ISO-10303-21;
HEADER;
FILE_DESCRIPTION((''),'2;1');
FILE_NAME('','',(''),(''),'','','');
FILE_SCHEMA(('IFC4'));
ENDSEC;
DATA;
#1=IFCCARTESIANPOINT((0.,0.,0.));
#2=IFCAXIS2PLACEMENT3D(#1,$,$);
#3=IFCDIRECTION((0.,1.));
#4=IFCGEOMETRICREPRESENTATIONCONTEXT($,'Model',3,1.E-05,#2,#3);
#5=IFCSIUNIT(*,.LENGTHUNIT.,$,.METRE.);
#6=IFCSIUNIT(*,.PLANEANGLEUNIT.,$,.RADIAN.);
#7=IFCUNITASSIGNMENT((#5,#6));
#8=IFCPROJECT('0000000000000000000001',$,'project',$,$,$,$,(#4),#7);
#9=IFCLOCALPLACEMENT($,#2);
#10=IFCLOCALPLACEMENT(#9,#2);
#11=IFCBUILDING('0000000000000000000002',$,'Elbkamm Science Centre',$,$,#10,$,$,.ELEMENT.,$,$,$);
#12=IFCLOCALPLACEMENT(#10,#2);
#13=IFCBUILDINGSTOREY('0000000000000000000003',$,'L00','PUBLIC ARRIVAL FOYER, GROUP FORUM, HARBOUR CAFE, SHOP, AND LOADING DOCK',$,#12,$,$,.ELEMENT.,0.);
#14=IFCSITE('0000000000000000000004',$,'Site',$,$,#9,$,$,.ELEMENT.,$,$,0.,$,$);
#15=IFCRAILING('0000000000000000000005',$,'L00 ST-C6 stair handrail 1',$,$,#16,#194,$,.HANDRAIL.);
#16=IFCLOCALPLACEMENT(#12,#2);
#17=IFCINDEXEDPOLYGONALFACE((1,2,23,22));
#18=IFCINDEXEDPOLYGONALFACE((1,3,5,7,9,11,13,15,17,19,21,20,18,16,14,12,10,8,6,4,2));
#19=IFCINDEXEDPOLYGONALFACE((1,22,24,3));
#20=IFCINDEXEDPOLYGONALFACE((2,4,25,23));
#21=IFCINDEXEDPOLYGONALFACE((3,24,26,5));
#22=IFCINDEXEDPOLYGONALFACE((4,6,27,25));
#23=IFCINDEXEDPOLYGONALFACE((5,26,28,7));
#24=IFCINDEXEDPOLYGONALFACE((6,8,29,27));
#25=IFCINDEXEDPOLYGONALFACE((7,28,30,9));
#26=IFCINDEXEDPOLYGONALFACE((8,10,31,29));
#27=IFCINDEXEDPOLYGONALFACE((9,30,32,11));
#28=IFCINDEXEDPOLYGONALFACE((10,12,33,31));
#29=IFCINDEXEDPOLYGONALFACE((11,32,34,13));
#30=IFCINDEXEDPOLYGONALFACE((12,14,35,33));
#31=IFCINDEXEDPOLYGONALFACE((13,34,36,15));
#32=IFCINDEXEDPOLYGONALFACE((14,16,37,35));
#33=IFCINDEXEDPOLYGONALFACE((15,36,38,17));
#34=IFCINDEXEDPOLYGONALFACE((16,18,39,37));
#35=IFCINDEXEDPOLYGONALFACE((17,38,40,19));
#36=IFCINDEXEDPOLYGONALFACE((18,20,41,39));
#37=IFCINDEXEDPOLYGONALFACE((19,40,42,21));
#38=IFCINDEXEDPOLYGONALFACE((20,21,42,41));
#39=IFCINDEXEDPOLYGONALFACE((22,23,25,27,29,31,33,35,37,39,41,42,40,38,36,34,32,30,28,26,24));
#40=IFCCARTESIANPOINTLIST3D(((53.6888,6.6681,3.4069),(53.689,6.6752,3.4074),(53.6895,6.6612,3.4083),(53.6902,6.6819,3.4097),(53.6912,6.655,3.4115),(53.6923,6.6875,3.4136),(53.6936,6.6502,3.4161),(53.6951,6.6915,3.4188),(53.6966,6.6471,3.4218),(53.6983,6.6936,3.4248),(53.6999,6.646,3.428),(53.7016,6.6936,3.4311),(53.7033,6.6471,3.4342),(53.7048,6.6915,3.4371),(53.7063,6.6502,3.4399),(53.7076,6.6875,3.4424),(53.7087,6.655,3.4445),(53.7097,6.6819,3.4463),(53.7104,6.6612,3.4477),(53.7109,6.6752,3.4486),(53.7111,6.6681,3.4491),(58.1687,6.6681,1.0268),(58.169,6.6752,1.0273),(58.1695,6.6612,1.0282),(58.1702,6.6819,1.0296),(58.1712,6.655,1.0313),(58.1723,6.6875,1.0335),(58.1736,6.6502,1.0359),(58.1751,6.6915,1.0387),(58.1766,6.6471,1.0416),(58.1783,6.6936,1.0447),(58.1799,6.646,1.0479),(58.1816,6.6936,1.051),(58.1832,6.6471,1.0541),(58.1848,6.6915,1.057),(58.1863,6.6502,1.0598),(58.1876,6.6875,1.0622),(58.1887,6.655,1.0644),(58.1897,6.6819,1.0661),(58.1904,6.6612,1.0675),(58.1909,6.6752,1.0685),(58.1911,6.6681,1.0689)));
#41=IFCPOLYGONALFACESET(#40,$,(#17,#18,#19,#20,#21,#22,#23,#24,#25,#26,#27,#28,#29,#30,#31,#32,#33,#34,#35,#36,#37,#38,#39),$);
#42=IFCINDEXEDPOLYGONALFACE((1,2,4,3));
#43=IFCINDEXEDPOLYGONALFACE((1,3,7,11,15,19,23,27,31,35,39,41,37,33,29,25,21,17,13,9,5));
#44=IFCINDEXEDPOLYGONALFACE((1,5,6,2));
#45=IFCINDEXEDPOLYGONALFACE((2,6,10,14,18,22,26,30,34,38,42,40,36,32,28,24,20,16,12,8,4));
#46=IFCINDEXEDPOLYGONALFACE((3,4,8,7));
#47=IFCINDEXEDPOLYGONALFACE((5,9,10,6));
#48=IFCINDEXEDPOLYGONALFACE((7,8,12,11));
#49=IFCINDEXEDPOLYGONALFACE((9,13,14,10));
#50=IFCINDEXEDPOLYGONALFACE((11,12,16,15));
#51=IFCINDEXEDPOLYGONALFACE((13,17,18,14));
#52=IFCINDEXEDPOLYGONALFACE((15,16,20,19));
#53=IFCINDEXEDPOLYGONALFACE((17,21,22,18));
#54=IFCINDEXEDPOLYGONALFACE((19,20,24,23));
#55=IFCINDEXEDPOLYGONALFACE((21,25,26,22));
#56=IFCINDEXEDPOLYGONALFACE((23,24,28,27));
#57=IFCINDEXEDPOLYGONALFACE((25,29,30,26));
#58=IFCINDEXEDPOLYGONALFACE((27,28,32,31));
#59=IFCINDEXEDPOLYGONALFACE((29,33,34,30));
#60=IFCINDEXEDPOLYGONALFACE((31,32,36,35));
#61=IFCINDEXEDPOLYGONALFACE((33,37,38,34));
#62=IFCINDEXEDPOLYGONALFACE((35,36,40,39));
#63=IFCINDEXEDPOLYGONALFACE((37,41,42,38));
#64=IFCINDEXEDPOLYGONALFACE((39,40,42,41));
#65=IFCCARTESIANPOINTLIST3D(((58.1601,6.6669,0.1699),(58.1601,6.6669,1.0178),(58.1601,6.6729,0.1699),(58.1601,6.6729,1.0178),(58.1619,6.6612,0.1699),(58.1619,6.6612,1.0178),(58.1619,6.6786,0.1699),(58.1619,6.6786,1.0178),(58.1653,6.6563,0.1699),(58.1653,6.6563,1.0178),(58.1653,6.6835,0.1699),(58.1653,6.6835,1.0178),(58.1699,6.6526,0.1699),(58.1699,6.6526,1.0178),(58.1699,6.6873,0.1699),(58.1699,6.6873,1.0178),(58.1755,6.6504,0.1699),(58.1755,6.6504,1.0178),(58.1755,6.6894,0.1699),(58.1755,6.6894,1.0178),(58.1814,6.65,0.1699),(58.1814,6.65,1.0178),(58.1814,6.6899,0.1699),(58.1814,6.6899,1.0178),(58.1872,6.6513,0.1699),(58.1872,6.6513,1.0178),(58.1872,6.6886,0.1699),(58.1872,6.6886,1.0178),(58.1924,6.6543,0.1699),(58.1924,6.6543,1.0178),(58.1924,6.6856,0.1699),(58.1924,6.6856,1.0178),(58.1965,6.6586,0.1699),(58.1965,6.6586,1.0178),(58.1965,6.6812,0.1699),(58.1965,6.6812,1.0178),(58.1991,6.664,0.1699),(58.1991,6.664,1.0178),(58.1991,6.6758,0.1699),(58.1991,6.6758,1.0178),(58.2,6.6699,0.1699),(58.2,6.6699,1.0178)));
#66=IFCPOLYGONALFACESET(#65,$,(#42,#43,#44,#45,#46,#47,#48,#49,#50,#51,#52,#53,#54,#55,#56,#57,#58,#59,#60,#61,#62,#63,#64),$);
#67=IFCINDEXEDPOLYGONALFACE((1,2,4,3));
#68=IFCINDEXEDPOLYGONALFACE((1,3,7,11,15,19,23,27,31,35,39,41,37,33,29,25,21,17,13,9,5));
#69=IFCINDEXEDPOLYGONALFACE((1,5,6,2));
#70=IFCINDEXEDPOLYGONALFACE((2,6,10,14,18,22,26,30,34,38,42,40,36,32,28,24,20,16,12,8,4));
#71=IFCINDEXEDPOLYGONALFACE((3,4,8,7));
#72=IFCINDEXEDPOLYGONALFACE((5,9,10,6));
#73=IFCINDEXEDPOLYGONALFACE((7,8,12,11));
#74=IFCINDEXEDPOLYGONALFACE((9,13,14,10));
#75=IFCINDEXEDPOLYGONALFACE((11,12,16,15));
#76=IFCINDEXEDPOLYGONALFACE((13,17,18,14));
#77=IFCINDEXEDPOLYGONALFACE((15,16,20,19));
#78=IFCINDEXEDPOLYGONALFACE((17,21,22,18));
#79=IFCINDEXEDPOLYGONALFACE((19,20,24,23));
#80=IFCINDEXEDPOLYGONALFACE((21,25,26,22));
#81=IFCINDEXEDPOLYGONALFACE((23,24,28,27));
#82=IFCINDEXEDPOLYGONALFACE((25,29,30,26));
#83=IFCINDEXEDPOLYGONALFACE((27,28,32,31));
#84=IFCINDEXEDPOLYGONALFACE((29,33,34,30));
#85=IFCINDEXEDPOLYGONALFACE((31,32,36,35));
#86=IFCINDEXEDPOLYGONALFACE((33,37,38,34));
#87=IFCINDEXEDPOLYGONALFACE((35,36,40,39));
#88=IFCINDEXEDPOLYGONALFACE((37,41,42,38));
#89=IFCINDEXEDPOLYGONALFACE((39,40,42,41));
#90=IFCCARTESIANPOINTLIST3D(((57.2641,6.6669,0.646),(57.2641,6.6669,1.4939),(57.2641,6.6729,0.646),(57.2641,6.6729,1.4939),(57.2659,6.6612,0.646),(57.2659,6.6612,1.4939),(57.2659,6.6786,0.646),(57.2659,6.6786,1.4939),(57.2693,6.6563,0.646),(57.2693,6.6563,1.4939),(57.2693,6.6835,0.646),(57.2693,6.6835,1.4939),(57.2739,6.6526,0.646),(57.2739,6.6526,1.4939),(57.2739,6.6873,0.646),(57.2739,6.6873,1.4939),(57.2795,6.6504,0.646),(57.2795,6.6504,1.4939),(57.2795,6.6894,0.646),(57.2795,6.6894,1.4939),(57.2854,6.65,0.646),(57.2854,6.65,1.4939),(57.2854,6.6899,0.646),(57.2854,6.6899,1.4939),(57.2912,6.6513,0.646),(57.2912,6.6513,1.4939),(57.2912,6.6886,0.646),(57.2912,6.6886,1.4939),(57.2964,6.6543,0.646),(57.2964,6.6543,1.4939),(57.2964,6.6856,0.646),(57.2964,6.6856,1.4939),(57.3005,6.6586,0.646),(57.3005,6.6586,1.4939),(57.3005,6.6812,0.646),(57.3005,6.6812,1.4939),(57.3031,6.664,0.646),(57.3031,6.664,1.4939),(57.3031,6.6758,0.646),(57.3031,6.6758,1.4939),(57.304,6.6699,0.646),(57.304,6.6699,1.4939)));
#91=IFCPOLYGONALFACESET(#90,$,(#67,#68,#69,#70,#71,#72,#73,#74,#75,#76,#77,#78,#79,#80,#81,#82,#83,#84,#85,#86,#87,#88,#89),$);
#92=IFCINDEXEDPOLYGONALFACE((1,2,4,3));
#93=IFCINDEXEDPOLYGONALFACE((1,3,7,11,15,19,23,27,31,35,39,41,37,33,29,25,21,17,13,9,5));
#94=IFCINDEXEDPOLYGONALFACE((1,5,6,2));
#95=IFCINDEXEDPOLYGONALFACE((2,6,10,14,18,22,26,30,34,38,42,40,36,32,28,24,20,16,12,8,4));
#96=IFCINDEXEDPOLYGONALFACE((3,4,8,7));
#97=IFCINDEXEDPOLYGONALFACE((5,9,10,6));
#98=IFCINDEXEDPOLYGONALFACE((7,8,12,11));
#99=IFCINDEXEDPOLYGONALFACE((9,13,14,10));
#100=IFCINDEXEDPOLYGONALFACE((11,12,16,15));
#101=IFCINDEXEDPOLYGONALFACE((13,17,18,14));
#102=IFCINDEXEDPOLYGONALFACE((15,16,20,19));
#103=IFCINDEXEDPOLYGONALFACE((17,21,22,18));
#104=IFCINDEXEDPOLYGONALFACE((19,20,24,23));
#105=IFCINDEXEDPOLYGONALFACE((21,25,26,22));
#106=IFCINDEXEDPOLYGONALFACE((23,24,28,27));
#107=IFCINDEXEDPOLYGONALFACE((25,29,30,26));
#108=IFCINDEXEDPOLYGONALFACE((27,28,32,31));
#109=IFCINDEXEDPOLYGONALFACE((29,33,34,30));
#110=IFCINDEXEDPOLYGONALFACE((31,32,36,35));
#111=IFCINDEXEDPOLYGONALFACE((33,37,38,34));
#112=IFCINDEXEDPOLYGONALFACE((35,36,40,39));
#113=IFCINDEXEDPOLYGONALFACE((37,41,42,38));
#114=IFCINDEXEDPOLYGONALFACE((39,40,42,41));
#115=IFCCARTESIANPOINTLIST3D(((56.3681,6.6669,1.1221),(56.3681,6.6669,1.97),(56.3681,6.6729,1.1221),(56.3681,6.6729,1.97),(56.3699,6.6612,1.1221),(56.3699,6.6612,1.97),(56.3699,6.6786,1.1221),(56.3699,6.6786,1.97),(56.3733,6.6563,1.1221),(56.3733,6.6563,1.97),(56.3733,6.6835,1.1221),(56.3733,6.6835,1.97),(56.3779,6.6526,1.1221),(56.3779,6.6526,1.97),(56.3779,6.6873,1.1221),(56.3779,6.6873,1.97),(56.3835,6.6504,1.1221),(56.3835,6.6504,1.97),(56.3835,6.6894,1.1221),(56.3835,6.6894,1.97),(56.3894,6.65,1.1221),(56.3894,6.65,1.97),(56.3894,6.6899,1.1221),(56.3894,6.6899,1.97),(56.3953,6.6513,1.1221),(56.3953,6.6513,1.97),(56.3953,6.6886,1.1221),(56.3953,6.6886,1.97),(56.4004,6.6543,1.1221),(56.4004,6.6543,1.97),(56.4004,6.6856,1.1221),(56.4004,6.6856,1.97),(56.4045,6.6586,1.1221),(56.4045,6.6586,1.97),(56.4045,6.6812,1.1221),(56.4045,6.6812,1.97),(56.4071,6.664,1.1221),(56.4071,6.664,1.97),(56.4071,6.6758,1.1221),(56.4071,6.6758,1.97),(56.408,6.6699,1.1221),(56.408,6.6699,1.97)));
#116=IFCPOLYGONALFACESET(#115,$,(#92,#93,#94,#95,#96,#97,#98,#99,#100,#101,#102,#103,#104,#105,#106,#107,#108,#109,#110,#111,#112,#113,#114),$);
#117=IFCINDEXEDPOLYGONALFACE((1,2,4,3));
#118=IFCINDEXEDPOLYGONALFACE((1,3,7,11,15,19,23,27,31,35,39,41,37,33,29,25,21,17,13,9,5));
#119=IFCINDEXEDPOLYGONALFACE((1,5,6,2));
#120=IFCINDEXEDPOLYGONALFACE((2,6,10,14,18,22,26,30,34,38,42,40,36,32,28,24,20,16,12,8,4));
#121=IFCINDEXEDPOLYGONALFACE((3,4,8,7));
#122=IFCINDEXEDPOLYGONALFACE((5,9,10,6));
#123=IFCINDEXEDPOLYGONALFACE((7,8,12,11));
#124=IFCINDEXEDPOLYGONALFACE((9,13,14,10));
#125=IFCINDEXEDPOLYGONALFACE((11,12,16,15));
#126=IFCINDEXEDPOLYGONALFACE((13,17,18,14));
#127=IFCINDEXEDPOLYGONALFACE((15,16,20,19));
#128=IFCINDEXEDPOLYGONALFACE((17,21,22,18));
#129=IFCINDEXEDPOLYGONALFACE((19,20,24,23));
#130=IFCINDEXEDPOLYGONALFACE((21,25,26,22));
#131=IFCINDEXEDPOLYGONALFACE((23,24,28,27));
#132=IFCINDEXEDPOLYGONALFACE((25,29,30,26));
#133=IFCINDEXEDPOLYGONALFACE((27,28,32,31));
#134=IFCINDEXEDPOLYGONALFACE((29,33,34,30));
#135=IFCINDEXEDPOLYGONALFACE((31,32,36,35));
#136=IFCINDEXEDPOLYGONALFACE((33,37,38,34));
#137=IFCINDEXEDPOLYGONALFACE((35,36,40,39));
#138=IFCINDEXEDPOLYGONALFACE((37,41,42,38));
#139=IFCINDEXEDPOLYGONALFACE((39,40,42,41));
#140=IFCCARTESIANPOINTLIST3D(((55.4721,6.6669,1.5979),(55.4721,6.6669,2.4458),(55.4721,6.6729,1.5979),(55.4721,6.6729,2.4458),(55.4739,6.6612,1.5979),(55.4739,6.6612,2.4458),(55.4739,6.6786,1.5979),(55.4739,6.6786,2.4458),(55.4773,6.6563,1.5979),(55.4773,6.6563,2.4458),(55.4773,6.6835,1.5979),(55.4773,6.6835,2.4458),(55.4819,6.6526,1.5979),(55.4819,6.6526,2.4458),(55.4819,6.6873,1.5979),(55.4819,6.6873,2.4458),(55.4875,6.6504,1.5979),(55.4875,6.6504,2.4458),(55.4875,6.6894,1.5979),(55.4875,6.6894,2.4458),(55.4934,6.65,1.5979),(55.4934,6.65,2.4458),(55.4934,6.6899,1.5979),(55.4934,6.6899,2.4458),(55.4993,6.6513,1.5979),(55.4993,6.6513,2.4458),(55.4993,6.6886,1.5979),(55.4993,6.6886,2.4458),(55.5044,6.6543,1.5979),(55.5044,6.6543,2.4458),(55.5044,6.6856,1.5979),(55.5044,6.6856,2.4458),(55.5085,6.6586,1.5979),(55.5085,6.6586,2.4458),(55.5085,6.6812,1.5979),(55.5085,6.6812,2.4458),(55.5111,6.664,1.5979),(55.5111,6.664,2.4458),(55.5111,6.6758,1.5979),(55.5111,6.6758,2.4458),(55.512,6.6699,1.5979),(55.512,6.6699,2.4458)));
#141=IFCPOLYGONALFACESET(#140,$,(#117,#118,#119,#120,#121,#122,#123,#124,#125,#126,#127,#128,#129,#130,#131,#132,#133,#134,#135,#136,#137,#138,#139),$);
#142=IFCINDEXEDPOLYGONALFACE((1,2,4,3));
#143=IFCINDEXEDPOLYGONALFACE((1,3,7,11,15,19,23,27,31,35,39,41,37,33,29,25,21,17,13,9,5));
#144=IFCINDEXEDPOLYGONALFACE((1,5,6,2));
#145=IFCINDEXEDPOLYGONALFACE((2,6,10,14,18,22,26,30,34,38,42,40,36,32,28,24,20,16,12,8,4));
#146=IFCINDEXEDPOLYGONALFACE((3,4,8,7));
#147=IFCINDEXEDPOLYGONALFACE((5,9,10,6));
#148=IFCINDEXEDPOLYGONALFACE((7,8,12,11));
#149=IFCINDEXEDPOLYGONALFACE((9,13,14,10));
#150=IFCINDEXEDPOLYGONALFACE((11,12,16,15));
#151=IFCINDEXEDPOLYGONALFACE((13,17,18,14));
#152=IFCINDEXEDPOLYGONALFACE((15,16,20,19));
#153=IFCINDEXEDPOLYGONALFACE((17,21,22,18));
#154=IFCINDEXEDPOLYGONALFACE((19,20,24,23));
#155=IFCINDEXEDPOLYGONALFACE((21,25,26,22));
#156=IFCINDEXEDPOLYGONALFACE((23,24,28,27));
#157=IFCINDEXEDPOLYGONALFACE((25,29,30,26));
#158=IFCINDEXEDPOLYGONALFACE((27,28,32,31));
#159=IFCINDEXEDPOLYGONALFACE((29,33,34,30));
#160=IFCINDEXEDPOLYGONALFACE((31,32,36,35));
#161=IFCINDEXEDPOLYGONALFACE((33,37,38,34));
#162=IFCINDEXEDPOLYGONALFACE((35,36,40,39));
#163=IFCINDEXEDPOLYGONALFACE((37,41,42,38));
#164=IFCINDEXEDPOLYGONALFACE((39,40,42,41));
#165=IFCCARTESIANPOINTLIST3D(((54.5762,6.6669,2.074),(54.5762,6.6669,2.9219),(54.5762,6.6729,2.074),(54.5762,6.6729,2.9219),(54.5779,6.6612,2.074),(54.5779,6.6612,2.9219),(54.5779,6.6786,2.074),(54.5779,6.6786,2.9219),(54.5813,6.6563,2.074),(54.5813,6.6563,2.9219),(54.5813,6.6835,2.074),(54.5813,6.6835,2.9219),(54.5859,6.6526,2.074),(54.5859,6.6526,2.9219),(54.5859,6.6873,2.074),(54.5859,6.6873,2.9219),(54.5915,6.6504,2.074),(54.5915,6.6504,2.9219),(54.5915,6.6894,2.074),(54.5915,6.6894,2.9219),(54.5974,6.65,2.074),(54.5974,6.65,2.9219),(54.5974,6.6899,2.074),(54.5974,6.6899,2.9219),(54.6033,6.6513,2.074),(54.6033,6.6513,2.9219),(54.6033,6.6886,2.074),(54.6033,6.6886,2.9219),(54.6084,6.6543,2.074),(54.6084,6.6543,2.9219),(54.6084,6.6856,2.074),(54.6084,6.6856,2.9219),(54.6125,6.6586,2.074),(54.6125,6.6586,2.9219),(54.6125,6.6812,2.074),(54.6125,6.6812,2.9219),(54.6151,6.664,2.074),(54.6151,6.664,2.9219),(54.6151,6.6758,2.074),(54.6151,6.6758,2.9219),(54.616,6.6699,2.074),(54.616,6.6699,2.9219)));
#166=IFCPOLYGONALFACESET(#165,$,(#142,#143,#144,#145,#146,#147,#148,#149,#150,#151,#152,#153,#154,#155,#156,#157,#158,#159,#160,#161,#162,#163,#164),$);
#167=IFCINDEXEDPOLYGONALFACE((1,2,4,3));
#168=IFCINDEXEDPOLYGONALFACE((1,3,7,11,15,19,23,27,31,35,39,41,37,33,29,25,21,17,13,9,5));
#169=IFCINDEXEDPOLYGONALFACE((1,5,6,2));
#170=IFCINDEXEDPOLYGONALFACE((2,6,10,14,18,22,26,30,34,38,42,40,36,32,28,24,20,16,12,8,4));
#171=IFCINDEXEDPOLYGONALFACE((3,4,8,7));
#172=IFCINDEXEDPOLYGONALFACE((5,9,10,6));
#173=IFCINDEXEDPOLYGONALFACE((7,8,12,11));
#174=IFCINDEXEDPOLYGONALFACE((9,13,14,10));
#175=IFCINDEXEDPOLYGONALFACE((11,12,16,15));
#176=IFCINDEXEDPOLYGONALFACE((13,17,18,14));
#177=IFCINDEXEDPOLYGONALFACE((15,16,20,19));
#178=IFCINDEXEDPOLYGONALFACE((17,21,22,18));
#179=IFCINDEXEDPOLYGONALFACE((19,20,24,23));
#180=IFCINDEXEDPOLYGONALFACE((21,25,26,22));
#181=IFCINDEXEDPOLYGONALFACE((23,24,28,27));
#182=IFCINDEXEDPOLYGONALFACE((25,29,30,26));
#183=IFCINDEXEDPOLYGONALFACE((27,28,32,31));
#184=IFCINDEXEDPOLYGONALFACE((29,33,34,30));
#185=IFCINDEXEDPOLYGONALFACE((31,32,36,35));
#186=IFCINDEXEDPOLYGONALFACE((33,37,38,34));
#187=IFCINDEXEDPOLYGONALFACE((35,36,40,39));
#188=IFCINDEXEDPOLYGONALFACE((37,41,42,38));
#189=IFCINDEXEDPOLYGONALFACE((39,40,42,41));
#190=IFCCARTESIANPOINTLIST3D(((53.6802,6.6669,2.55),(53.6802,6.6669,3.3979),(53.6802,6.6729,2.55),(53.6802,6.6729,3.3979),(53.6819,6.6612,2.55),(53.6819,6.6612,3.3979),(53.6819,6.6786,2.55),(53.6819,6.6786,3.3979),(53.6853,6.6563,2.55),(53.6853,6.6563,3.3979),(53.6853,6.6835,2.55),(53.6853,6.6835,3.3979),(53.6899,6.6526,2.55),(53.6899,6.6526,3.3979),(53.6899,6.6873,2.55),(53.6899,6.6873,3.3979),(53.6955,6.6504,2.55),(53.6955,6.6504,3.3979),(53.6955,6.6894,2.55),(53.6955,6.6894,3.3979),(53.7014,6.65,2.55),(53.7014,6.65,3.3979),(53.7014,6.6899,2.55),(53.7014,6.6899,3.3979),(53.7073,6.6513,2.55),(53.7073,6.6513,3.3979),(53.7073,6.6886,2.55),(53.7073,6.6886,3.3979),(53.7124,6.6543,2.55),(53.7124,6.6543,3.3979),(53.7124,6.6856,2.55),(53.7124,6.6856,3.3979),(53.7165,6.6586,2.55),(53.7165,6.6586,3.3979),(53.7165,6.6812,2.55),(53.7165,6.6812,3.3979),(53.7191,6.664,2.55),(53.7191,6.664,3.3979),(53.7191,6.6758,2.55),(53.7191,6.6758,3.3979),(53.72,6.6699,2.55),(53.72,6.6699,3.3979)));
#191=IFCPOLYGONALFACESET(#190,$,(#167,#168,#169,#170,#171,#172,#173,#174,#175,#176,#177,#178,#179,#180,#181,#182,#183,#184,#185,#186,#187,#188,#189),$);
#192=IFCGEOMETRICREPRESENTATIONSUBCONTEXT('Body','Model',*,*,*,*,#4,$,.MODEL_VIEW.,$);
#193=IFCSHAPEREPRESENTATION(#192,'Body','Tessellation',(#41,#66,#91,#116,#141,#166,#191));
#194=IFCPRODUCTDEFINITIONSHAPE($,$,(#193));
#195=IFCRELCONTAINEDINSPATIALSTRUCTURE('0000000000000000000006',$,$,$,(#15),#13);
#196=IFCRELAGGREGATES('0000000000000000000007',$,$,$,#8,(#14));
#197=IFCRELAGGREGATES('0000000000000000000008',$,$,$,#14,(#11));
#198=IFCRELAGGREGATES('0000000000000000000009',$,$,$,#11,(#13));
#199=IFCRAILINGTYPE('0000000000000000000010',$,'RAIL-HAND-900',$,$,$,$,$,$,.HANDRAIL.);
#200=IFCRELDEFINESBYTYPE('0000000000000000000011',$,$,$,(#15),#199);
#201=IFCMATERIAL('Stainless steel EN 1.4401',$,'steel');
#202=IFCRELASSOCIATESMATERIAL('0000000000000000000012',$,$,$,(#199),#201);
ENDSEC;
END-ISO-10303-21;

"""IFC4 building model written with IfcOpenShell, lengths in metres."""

from ifc_helpers import new_model, si_unit, direction, frame, origin, origin_2d, place, context, subcontext, project, spatial, circle, extrude, material, type_object, element, save


model = new_model("IFC4")

# Units and contexts
model_context = context("Model", 3, precision=1e-05, world=origin(), true_north=direction((0.0, 1.0)))
body_context = subcontext(model_context, "Body", "Model", "MODEL_VIEW")
ifc_project = project(units=[si_unit("LENGTHUNIT", "METRE"), si_unit("PLANEANGLEUNIT", "RADIAN")], contexts=[model_context])

# Site, building, storey
site_placement = place(None, origin())
site = spatial("IfcSite", under=ifc_project, at=site_placement, Name="Site", CompositionType="ELEMENT", RefElevation=0.0)
building_placement = place(site_placement, origin())
building = spatial("IfcBuilding", under=site, at=building_placement, Name="Elbkamm Science Centre", CompositionType="ELEMENT")
storey_placement = place(building_placement, origin())
storey = spatial("IfcBuildingStorey", under=building, at=storey_placement, Name="L00", Description="PUBLIC ARRIVAL FOYER, GROUP FORUM, HARBOUR CAFE, SHOP, AND LOADING DOCK", CompositionType="ELEMENT", Elevation=0.0)

# Railing
ifc_material_1 = material(Name="Stainless steel EN 1.4401", Category="steel")
railing_type_1 = type_object("IfcRailingType", Name="RAIL-HAND-900", PredefinedType="HANDRAIL", material=ifc_material_1)
railing_1_placement = place(storey_placement, frame((58.1799, 6.6699, 0.1699)))
element("IfcRailing", 1, at=railing_1_placement, inside=storey, type_object=railing_type_1, Name="L00 ST-C6 stair handrail 1", PredefinedType="HANDRAIL", context=body_context, shape_type="SweptSolid", body=[
    extrude(circle(Radius=0.0239, at=origin_2d()), frame((0.0, 0.0, 0.8779), z_axis=(-0.883105, 0.0, 0.469176), x_axis=(0.0, -1.0, 0.0)), (0.0, 0.0, 1.0), 5.073),
    extrude(circle(Radius=0.02, at=origin_2d()), origin(), (0.0, 0.0, 1.0), 0.8479),
    extrude(circle(Radius=0.02, at=origin_2d()), frame((-0.896, 0.0, 0.4761)), (0.0, 0.0, 1.0), 0.8479),
    extrude(circle(Radius=0.02, at=origin_2d()), frame((-1.792, 0.0, 0.9521)), (0.0, 0.0, 1.0), 0.8479),
    extrude(circle(Radius=0.02, at=origin_2d()), frame((-2.688, 0.0, 1.428)), (0.0, 0.0, 1.0), 0.8479),
    extrude(circle(Radius=0.02, at=origin_2d()), frame((-3.584, 0.0, 1.9041)), (0.0, 0.0, 1.0), 0.8479),
    extrude(circle(Radius=0.02, at=origin_2d()), frame((-4.48, 0.0, 2.3801)), (0.0, 0.0, 1.0), 0.8479),
])

save(model, "model.ifc")
